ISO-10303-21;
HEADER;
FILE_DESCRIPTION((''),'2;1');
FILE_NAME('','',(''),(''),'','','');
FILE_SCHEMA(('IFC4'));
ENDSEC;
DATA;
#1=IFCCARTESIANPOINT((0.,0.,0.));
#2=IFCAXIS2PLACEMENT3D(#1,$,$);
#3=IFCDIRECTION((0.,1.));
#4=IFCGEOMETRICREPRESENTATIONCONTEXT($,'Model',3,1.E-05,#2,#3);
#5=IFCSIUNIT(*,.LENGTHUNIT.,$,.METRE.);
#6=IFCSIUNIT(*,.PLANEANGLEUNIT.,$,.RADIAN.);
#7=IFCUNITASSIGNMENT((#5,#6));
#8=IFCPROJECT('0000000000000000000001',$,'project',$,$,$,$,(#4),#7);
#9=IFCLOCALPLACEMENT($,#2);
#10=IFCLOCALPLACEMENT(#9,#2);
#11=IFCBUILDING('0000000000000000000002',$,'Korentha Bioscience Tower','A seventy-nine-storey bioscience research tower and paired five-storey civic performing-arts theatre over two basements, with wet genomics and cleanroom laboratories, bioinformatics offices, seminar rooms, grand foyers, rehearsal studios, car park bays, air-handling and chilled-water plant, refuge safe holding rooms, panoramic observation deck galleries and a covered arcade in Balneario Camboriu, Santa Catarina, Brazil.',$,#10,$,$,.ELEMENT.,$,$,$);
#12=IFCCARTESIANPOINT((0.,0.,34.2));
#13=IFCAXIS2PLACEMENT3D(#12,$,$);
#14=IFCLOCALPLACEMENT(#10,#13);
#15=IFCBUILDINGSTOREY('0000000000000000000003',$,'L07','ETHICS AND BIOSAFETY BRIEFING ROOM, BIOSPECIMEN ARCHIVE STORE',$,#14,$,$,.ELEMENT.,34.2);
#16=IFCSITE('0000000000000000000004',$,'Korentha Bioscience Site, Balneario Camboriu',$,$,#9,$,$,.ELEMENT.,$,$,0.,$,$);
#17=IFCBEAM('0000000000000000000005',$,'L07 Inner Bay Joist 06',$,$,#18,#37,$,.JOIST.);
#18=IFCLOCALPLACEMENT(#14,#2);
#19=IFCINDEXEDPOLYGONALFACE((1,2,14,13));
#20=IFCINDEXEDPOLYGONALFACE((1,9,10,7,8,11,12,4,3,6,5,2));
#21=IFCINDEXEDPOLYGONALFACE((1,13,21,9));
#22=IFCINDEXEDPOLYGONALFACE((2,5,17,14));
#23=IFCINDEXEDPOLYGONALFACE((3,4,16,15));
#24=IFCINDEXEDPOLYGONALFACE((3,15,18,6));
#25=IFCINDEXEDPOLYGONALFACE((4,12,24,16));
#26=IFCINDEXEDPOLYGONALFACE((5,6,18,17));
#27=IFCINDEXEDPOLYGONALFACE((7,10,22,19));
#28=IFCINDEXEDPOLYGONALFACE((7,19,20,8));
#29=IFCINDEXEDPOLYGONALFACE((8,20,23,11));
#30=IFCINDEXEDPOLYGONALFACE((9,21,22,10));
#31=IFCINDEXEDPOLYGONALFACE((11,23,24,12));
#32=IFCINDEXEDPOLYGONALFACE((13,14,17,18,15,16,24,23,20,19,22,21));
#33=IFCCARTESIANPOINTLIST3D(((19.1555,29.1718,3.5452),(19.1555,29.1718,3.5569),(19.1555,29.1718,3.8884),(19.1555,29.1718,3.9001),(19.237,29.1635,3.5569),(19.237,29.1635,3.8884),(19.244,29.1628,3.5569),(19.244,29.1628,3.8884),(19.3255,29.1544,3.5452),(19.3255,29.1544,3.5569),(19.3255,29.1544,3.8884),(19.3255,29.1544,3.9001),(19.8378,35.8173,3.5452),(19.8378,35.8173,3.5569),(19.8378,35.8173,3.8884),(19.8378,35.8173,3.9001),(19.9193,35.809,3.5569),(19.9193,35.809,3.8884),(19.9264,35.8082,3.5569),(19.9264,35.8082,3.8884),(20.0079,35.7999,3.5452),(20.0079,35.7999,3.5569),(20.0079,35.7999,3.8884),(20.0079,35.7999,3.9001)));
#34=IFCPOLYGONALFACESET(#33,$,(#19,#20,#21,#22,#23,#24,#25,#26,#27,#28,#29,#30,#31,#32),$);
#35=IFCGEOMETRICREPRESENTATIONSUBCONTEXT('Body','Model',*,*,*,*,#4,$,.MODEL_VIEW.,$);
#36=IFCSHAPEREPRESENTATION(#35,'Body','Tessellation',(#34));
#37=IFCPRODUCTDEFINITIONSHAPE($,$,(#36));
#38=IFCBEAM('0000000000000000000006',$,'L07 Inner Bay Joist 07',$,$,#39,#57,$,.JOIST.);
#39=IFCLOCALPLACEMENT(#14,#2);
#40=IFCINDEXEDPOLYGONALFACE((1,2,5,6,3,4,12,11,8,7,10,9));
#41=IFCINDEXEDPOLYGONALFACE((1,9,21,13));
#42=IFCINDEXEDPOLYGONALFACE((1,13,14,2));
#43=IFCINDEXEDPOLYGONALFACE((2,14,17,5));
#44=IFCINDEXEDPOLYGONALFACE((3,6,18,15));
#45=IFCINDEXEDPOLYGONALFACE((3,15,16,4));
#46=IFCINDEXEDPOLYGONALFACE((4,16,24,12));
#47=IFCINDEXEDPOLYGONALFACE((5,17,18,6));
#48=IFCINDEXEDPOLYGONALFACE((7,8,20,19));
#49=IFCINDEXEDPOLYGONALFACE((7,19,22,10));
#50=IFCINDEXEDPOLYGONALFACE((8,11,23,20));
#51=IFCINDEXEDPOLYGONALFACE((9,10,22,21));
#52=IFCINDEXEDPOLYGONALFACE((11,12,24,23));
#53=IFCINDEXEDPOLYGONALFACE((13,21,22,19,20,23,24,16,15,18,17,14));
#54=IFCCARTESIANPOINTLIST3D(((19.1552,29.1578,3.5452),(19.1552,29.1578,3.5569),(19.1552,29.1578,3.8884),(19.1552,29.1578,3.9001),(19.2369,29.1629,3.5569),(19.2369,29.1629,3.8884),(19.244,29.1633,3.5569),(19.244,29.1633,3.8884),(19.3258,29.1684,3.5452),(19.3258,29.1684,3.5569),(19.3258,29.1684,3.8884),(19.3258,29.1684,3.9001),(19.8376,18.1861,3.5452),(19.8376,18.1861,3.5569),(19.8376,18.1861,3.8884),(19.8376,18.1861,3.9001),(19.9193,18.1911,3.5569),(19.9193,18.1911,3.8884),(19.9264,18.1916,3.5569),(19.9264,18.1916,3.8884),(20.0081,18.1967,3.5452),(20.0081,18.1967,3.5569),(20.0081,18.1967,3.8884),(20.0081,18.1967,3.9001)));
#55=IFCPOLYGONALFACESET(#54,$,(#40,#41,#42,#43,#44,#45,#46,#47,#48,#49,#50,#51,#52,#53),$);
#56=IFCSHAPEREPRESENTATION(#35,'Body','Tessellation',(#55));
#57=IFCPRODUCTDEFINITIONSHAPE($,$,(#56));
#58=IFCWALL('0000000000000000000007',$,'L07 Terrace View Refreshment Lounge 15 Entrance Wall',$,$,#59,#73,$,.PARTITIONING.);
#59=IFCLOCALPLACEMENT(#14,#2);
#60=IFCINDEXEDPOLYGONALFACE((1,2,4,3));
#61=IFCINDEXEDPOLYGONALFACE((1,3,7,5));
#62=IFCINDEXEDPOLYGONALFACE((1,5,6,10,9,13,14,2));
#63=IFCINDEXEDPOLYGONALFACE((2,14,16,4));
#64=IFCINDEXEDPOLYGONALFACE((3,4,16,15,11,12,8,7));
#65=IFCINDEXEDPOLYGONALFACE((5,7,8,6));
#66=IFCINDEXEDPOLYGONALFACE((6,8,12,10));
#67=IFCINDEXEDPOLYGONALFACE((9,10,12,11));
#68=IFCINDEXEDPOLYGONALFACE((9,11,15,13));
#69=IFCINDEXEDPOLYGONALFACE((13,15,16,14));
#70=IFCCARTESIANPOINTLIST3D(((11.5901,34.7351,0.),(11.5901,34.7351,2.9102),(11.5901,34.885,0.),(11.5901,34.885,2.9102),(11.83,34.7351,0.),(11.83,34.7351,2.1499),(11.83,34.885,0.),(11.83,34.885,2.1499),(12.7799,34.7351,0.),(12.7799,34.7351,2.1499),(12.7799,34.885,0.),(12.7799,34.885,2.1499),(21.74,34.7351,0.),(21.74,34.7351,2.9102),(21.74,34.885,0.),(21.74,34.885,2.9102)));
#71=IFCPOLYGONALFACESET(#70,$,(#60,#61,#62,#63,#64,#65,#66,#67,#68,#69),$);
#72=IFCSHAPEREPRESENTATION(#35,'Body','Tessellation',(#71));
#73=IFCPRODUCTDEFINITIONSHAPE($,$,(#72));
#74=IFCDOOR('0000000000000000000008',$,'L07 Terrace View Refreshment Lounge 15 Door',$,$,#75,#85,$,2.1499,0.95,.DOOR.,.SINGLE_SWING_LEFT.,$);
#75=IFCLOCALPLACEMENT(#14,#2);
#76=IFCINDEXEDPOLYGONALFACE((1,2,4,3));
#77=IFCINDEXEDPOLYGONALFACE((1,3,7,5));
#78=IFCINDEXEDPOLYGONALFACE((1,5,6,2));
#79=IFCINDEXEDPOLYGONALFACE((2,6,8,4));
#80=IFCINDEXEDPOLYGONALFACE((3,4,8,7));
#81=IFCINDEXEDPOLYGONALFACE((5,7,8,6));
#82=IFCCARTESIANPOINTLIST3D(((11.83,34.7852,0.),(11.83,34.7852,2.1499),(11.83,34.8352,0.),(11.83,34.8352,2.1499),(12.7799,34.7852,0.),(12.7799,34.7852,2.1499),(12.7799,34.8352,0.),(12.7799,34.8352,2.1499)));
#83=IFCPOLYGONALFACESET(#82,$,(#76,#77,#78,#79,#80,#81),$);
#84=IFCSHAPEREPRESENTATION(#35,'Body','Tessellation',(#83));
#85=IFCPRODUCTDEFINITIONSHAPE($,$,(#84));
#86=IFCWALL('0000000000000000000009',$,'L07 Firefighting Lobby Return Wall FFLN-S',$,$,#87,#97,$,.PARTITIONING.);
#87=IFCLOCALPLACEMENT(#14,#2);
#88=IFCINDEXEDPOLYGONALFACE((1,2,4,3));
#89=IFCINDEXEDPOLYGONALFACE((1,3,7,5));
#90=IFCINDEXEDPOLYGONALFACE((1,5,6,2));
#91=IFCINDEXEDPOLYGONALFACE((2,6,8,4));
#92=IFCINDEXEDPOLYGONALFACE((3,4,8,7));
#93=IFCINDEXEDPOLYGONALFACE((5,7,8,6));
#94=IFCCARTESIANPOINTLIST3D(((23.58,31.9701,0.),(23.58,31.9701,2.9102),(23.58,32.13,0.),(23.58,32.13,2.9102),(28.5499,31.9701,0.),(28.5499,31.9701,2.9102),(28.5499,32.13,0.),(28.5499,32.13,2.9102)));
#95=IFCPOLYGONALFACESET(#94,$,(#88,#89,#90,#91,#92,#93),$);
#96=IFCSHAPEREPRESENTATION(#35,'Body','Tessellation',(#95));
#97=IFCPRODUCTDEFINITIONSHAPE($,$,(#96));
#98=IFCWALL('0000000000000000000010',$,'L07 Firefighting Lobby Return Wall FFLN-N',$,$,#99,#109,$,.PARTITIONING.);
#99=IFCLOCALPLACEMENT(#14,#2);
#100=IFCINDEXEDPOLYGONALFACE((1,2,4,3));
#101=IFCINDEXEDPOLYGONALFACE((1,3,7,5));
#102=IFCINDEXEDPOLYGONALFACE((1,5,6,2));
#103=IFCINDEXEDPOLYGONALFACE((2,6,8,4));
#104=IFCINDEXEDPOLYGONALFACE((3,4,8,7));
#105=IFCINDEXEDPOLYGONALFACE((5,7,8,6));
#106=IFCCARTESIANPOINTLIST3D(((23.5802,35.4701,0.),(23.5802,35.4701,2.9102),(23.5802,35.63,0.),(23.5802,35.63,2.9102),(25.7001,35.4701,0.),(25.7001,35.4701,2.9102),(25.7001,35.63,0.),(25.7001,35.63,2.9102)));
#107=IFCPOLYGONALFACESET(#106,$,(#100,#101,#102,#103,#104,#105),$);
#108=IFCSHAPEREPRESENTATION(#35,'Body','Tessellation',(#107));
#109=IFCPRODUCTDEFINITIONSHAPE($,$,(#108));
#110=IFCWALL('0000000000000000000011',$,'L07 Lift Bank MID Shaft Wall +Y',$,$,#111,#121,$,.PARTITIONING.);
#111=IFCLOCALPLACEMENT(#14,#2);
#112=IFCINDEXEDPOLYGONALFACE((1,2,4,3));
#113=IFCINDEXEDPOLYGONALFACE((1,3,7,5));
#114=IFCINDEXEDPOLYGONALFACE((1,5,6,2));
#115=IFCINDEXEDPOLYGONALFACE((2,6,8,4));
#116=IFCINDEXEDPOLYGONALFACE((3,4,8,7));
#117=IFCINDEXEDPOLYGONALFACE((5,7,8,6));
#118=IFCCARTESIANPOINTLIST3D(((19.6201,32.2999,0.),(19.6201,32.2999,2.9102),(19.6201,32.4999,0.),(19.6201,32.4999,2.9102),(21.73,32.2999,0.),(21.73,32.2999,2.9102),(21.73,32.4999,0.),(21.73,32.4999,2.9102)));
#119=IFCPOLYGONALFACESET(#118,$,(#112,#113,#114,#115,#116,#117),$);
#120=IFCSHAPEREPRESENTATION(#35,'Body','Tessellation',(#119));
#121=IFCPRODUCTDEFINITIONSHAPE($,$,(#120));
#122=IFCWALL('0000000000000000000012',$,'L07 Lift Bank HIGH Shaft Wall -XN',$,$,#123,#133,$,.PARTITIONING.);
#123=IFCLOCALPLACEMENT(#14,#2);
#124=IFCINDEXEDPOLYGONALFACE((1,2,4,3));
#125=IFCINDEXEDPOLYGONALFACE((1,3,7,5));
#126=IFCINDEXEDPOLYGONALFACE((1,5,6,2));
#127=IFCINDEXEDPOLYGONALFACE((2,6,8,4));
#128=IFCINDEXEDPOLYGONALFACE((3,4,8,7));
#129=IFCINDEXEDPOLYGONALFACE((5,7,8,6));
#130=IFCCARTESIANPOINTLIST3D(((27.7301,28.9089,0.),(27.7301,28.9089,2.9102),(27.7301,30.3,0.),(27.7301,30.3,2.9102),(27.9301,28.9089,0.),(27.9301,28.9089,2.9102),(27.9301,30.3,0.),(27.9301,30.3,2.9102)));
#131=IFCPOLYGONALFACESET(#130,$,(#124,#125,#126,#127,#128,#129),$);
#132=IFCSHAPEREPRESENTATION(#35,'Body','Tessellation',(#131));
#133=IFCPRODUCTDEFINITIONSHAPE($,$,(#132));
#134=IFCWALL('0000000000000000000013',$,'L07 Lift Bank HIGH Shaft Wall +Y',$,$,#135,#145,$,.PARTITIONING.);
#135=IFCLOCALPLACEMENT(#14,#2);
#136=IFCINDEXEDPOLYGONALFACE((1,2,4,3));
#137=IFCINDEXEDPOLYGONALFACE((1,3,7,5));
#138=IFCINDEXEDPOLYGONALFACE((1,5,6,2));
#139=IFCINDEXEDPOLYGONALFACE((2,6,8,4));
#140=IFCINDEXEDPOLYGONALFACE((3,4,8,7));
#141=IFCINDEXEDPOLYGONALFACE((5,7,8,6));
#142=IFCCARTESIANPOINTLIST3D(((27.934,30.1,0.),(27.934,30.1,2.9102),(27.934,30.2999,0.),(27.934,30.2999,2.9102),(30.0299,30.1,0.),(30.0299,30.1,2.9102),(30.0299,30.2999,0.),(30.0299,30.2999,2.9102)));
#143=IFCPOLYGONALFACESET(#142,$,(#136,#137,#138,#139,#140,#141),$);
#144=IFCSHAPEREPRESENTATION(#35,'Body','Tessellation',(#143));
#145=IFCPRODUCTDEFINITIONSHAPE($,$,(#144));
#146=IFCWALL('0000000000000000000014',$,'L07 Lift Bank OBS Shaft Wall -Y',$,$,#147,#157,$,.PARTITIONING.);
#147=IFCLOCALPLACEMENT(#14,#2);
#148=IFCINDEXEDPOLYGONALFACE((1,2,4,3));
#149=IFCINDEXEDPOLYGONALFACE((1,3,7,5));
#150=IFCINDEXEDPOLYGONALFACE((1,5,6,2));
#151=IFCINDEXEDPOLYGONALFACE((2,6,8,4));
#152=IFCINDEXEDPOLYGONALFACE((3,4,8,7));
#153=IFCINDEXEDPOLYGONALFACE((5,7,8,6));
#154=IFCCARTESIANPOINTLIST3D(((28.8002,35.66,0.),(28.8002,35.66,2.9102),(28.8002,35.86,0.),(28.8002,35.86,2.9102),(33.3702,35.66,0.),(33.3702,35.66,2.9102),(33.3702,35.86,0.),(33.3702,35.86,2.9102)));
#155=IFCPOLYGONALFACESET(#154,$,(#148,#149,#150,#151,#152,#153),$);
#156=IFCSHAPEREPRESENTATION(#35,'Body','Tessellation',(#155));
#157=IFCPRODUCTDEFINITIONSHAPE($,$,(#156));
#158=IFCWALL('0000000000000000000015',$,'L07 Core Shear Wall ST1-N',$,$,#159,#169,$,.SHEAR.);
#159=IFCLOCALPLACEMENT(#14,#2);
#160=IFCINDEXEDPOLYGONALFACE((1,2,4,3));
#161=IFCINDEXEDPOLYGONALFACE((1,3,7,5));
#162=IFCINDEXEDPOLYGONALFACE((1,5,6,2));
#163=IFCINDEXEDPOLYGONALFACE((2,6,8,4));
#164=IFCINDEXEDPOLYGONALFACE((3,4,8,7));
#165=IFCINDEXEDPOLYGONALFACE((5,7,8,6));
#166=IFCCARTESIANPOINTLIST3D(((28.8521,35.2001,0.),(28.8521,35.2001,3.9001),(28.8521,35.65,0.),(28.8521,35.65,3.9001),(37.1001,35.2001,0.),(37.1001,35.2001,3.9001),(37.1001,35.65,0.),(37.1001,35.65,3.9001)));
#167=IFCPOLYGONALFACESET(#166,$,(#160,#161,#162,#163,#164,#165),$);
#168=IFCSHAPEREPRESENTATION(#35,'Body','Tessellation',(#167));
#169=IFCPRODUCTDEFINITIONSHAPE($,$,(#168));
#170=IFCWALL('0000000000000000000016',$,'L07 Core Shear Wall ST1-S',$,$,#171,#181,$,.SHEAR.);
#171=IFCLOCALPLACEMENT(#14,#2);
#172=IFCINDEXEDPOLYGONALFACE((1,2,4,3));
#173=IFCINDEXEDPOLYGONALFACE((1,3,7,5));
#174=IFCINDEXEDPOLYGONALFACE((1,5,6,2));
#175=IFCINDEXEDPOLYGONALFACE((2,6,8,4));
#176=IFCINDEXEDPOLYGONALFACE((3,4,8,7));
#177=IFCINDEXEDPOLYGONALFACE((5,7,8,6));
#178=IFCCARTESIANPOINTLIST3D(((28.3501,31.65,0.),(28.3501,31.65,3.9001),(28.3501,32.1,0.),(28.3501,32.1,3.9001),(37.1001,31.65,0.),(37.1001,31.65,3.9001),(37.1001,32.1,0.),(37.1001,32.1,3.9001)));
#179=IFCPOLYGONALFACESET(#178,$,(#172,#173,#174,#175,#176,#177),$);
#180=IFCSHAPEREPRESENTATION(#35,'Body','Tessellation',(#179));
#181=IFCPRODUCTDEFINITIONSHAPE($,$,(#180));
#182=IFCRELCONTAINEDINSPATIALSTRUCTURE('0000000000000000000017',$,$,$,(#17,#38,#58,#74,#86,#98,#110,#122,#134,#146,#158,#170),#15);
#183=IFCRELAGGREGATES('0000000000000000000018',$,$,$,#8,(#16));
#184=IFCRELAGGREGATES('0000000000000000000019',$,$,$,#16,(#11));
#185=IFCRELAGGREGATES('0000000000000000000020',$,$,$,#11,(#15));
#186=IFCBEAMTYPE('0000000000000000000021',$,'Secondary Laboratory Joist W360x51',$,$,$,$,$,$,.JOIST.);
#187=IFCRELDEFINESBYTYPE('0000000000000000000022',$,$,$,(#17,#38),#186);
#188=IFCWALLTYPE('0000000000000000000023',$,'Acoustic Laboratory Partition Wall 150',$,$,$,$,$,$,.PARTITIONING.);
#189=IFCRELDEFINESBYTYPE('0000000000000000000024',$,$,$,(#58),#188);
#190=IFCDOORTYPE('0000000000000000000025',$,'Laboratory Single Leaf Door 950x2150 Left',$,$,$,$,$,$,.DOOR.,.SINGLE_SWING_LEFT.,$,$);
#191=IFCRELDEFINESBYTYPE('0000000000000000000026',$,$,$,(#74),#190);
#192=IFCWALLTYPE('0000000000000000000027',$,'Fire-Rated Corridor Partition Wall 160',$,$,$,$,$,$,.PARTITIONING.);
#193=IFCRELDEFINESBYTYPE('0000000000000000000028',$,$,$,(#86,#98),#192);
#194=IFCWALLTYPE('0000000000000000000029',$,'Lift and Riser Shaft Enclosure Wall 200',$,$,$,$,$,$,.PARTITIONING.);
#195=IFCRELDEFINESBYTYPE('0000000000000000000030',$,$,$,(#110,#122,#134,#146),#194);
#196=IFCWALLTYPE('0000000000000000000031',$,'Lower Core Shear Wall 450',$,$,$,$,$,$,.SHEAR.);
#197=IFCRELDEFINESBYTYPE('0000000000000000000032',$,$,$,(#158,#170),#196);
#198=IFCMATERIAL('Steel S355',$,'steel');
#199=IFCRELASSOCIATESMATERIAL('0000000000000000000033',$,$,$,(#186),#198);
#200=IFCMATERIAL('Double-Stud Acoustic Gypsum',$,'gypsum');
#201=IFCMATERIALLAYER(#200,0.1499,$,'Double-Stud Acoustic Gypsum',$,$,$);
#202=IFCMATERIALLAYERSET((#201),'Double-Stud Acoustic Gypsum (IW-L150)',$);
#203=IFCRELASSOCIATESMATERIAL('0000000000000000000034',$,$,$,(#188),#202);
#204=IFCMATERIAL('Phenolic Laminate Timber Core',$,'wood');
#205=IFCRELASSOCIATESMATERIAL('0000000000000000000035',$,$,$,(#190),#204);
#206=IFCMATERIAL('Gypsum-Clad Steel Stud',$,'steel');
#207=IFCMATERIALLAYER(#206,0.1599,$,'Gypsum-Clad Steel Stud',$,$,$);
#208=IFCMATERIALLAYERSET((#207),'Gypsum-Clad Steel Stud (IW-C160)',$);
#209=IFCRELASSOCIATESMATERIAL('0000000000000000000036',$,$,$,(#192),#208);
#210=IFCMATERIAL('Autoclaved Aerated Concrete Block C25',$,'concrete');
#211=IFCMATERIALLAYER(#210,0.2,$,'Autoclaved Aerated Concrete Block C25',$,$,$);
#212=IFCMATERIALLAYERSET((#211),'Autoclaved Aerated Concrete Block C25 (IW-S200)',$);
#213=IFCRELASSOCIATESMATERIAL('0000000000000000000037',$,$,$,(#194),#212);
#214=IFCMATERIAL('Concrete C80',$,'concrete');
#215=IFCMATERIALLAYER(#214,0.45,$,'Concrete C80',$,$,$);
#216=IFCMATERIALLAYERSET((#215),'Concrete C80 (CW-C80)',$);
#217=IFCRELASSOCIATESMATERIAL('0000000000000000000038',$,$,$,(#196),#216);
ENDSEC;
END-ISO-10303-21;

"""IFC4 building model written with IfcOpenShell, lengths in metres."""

from ifc_helpers import new_model, si_unit, direction, frame, frame_2d, origin, origin_2d, place, context, subcontext, project, spatial, rectangle, i_section, extrude, material, layer, layer_set, material_profile, profile_set, type_object, element, fill, save


model = new_model("IFC4")

# Units and contexts
model_context = context("Model", 3, precision=1e-05, world=origin(), true_north=direction((0.0, 1.0)))
body_context = subcontext(model_context, "Body", "Model", "MODEL_VIEW")
ifc_project = project(units=[si_unit("LENGTHUNIT", "METRE"), si_unit("PLANEANGLEUNIT", "RADIAN")], contexts=[model_context])

# Site, building, storey
site_placement = place(None, origin())
site = spatial("IfcSite", under=ifc_project, at=site_placement, Name="Korentha Bioscience Site, Balneario Camboriu", CompositionType="ELEMENT", RefElevation=0.0)
building_placement = place(site_placement, origin())
building = spatial("IfcBuilding", under=site, at=building_placement, Name="Korentha Bioscience Tower", Description="A seventy-nine-storey bioscience research tower and paired five-storey civic performing-arts theatre over two basements, with wet genomics and cleanroom laboratories, bioinformatics offices, seminar rooms, grand foyers, rehearsal studios, car park bays, air-handling and chilled-water plant, refuge safe holding rooms, panoramic observation deck galleries and a covered arcade in Balneario Camboriu, Santa Catarina, Brazil.", CompositionType="ELEMENT")
storey_placement = place(building_placement, frame((0.0, 0.0, 34.2)))
storey = spatial("IfcBuildingStorey", under=building, at=storey_placement, Name="L07", Description="ETHICS AND BIOSAFETY BRIEFING ROOM, BIOSPECIMEN ARCHIVE STORE", CompositionType="ELEMENT", Elevation=34.2)

# Shared definitions
ifc_material_1 = material(Name="Concrete C80", Category="concrete")

# Beams
ifc_material_2 = material(Name="Steel S355", Category="steel")
ifc_material_profile_1 = material_profile(ifc_material_2, i_section(OverallWidth=0.1709, OverallDepth=0.355, WebThickness=0.0071, FlangeThickness=0.0117, at=origin_2d()), Name="Steel S355")
ifc_profile_set_1 = profile_set([ifc_material_profile_1], Name="Steel S355 (JB-360)")
beam_type_1 = type_object("IfcBeamType", Name="Secondary Laboratory Joist W360x51", PredefinedType="JOIST", material=ifc_profile_set_1)
beam_1_placement = place(storey_placement, frame((19.9229, 35.8086, 3.7227), z_axis=(-0.102145, -0.99477, 0.0), x_axis=(0.99477, -0.102145, 0.0)))
element("IfcBeam", 1, at=beam_1_placement, inside=storey, type_object=beam_type_1, Name="L07 Inner Bay Joist 06", PredefinedType="JOIST", context=body_context, shape_type="SweptSolid", body=[
    extrude(i_section(OverallWidth=0.1709, OverallDepth=0.355, WebThickness=0.0071, FlangeThickness=0.0117, at=origin_2d()), origin(), (0.0, 0.0, 1.0), 6.6804),
])
beam_2_placement = place(storey_placement, frame((19.2405, 29.1631, 3.7227), z_axis=(0.062074, -0.998072, 0.0), x_axis=(0.998072, 0.062074, 0.0)))
element("IfcBeam", 2, at=beam_2_placement, inside=storey, type_object=beam_type_1, Name="L07 Inner Bay Joist 07", PredefinedType="JOIST", context=body_context, shape_type="SweptSolid", body=[
    extrude(i_section(OverallWidth=0.1709, OverallDepth=0.355, WebThickness=0.0071, FlangeThickness=0.0117, at=origin_2d()), origin(), (0.0, 0.0, 1.0), 10.9929),
])

# Wall, opening, door
ifc_material_3 = material(Name="Double-Stud Acoustic Gypsum", Category="gypsum")
ifc_layer_1 = layer(ifc_material_3, 0.1499, Name="Double-Stud Acoustic Gypsum")
ifc_layer_set_1 = layer_set([ifc_layer_1], Name="Double-Stud Acoustic Gypsum (IW-L150)")
wall_type_1 = type_object("IfcWallType", Name="Acoustic Laboratory Partition Wall 150", PredefinedType="PARTITIONING", material=ifc_layer_set_1)
wall_1_placement = place(storey_placement, frame((21.74, 34.8101, 0.0), z_axis=(0.0, 0.0, 1.0), x_axis=(-1.0, 0.0, 0.0)))
wall_1 = element("IfcWall", 3, at=wall_1_placement, inside=storey, type_object=wall_type_1, Name="L07 Terrace View Refreshment Lounge 15 Entrance Wall", PredefinedType="PARTITIONING", context=body_context, shape_type="SweptSolid", body=[
    extrude(rectangle(XDim=10.1499, YDim=0.1499, at=frame_2d((5.075, 0.0))), origin(), (0.0, 0.0, 1.0), 2.9102),
])
opening_1_placement = place(wall_1_placement, frame((8.96, 0.0, 0.0)))
opening_1 = element("IfcOpeningElement", 4, at=opening_1_placement, cuts=wall_1, PredefinedType="OPENING", context=body_context, shape_type="SweptSolid", body=[
    extrude(rectangle(XDim=0.95, YDim=2.1499, at=frame_2d((0.4751, 1.075))), frame((0.0, 0.0898, 0.0), z_axis=(0.0, -1.0, 0.0), x_axis=(1.0, 0.0, 0.0)), (0.0, 0.0, 1.0), 0.1797),
])
ifc_material_4 = material(Name="Phenolic Laminate Timber Core", Category="wood")
door_type_1 = type_object("IfcDoorType", Name="Laboratory Single Leaf Door 950x2150 Left", OperationType="SINGLE_SWING_LEFT", PredefinedType="DOOR", material=ifc_material_4)
door_1_placement = place(opening_1_placement, origin())
door_1 = element("IfcDoor", 5, at=door_1_placement, inside=storey, type_object=door_type_1, Name="L07 Terrace View Refreshment Lounge 15 Door", OperationType="SINGLE_SWING_LEFT", OverallHeight=2.1499, OverallWidth=0.95, PredefinedType="DOOR", context=body_context, shape_type="SweptSolid", body=[
    extrude(rectangle(XDim=0.95, YDim=2.1499, at=frame_2d((0.4751, 1.075))), frame((0.0, 0.0249, 0.0), z_axis=(0.0, -1.0, 0.0), x_axis=(1.0, 0.0, 0.0)), (0.0, 0.0, 1.0), 0.05),
])
fill(opening_1, door_1)
ifc_material_5 = material(Name="Gypsum-Clad Steel Stud", Category="steel")
ifc_layer_2 = layer(ifc_material_5, 0.1599, Name="Gypsum-Clad Steel Stud")
ifc_layer_set_2 = layer_set([ifc_layer_2], Name="Gypsum-Clad Steel Stud (IW-C160)")
wall_type_2 = type_object("IfcWallType", Name="Fire-Rated Corridor Partition Wall 160", PredefinedType="PARTITIONING", material=ifc_layer_set_2)

# Walls
wall_2_placement = place(storey_placement, frame((23.5801, 32.05, 0.0), z_axis=(0.0, 0.0, 1.0), x_axis=(1.0, 0.0, 0.0)))
element("IfcWall", 6, at=wall_2_placement, inside=storey, type_object=wall_type_2, Name="L07 Firefighting Lobby Return Wall FFLN-S", PredefinedType="PARTITIONING", context=body_context, shape_type="SweptSolid", body=[
    extrude(rectangle(XDim=4.97, YDim=0.1599, at=frame_2d((2.4849, 0.0))), origin(), (0.0, 0.0, 1.0), 2.9102),
])
wall_3_placement = place(storey_placement, frame((23.5801, 35.55, 0.0), z_axis=(0.0, 0.0, 1.0), x_axis=(1.0, 0.0, 0.0)))
element("IfcWall", 7, at=wall_3_placement, inside=storey, type_object=wall_type_2, Name="L07 Firefighting Lobby Return Wall FFLN-N", PredefinedType="PARTITIONING", context=body_context, shape_type="SweptSolid", body=[
    extrude(rectangle(XDim=2.1199, YDim=0.1599, at=frame_2d((1.0601, 0.0))), origin(), (0.0, 0.0, 1.0), 2.9102),
])
ifc_material_6 = material(Name="Autoclaved Aerated Concrete Block C25", Category="concrete")
ifc_layer_3 = layer(ifc_material_6, 0.2, Name="Autoclaved Aerated Concrete Block C25")
ifc_layer_set_3 = layer_set([ifc_layer_3], Name="Autoclaved Aerated Concrete Block C25 (IW-S200)")
wall_type_3 = type_object("IfcWallType", Name="Lift and Riser Shaft Enclosure Wall 200", PredefinedType="PARTITIONING", material=ifc_layer_set_3)
wall_4_placement = place(storey_placement, frame((19.6201, 32.3999, 0.0), z_axis=(0.0, 0.0, 1.0), x_axis=(1.0, 0.0, 0.0)))
element("IfcWall", 8, at=wall_4_placement, inside=storey, type_object=wall_type_3, Name="L07 Lift Bank MID Shaft Wall +Y", PredefinedType="PARTITIONING", context=body_context, shape_type="SweptSolid", body=[
    extrude(rectangle(XDim=2.1099, YDim=0.2, at=frame_2d((1.0549, 0.0))), origin(), (0.0, 0.0, 1.0), 2.9102),
])
wall_5_placement = place(storey_placement, frame((27.8301, 28.9089, 0.0), z_axis=(0.0, 0.0, 1.0), x_axis=(0.0, 1.0, 0.0)))
element("IfcWall", 9, at=wall_5_placement, inside=storey, type_object=wall_type_3, Name="L07 Lift Bank HIGH Shaft Wall -XN", PredefinedType="PARTITIONING", context=body_context, shape_type="SweptSolid", body=[
    extrude(rectangle(XDim=1.3911, YDim=0.2, at=frame_2d((0.6956, 0.0))), origin(), (0.0, 0.0, 1.0), 2.9102),
])
wall_6_placement = place(storey_placement, frame((27.9341, 30.2, 0.0), z_axis=(0.0, 0.0, 1.0), x_axis=(1.0, 0.0, 0.0)))
element("IfcWall", 10, at=wall_6_placement, inside=storey, type_object=wall_type_3, Name="L07 Lift Bank HIGH Shaft Wall +Y", PredefinedType="PARTITIONING", context=body_context, shape_type="SweptSolid", body=[
    extrude(rectangle(XDim=2.0959, YDim=0.2, at=frame_2d((1.0479, 0.0))), origin(), (0.0, 0.0, 1.0), 2.9102),
])
wall_7_placement = place(storey_placement, frame((28.8, 35.76, 0.0), z_axis=(0.0, 0.0, 1.0), x_axis=(1.0, 0.0, 0.0)))
element("IfcWall", 11, at=wall_7_placement, inside=storey, type_object=wall_type_3, Name="L07 Lift Bank OBS Shaft Wall -Y", PredefinedType="PARTITIONING", context=body_context, shape_type="SweptSolid", body=[
    extrude(rectangle(XDim=4.5701, YDim=0.2, at=frame_2d((2.2852, 0.0))), origin(), (0.0, 0.0, 1.0), 2.9102),
])
ifc_layer_4 = layer(ifc_material_1, 0.45, Name="Concrete C80")
ifc_layer_set_4 = layer_set([ifc_layer_4], Name="Concrete C80 (CW-C80)")
wall_type_4 = type_object("IfcWallType", Name="Lower Core Shear Wall 450", PredefinedType="SHEAR", material=ifc_layer_set_4)
wall_8_placement = place(storey_placement, frame((28.8521, 35.425, 0.0), z_axis=(0.0, 0.0, 1.0), x_axis=(1.0, 0.0, 0.0)))
element("IfcWall", 12, at=wall_8_placement, inside=storey, type_object=wall_type_4, Name="L07 Core Shear Wall ST1-N", PredefinedType="SHEAR", context=body_context, shape_type="SweptSolid", body=[
    extrude(rectangle(XDim=8.248, YDim=0.45, at=frame_2d((4.124, 0.0))), origin(), (0.0, 0.0, 1.0), 3.9001),
])
wall_9_placement = place(storey_placement, frame((28.3501, 31.875, 0.0), z_axis=(0.0, 0.0, 1.0), x_axis=(1.0, 0.0, 0.0)))
element("IfcWall", 13, at=wall_9_placement, inside=storey, type_object=wall_type_4, Name="L07 Core Shear Wall ST1-S", PredefinedType="SHEAR", context=body_context, shape_type="SweptSolid", body=[
    extrude(rectangle(XDim=8.75, YDim=0.45, at=frame_2d((4.375, 0.0))), origin(), (0.0, 0.0, 1.0), 3.9001),
])

save(model, "model.ifc")
